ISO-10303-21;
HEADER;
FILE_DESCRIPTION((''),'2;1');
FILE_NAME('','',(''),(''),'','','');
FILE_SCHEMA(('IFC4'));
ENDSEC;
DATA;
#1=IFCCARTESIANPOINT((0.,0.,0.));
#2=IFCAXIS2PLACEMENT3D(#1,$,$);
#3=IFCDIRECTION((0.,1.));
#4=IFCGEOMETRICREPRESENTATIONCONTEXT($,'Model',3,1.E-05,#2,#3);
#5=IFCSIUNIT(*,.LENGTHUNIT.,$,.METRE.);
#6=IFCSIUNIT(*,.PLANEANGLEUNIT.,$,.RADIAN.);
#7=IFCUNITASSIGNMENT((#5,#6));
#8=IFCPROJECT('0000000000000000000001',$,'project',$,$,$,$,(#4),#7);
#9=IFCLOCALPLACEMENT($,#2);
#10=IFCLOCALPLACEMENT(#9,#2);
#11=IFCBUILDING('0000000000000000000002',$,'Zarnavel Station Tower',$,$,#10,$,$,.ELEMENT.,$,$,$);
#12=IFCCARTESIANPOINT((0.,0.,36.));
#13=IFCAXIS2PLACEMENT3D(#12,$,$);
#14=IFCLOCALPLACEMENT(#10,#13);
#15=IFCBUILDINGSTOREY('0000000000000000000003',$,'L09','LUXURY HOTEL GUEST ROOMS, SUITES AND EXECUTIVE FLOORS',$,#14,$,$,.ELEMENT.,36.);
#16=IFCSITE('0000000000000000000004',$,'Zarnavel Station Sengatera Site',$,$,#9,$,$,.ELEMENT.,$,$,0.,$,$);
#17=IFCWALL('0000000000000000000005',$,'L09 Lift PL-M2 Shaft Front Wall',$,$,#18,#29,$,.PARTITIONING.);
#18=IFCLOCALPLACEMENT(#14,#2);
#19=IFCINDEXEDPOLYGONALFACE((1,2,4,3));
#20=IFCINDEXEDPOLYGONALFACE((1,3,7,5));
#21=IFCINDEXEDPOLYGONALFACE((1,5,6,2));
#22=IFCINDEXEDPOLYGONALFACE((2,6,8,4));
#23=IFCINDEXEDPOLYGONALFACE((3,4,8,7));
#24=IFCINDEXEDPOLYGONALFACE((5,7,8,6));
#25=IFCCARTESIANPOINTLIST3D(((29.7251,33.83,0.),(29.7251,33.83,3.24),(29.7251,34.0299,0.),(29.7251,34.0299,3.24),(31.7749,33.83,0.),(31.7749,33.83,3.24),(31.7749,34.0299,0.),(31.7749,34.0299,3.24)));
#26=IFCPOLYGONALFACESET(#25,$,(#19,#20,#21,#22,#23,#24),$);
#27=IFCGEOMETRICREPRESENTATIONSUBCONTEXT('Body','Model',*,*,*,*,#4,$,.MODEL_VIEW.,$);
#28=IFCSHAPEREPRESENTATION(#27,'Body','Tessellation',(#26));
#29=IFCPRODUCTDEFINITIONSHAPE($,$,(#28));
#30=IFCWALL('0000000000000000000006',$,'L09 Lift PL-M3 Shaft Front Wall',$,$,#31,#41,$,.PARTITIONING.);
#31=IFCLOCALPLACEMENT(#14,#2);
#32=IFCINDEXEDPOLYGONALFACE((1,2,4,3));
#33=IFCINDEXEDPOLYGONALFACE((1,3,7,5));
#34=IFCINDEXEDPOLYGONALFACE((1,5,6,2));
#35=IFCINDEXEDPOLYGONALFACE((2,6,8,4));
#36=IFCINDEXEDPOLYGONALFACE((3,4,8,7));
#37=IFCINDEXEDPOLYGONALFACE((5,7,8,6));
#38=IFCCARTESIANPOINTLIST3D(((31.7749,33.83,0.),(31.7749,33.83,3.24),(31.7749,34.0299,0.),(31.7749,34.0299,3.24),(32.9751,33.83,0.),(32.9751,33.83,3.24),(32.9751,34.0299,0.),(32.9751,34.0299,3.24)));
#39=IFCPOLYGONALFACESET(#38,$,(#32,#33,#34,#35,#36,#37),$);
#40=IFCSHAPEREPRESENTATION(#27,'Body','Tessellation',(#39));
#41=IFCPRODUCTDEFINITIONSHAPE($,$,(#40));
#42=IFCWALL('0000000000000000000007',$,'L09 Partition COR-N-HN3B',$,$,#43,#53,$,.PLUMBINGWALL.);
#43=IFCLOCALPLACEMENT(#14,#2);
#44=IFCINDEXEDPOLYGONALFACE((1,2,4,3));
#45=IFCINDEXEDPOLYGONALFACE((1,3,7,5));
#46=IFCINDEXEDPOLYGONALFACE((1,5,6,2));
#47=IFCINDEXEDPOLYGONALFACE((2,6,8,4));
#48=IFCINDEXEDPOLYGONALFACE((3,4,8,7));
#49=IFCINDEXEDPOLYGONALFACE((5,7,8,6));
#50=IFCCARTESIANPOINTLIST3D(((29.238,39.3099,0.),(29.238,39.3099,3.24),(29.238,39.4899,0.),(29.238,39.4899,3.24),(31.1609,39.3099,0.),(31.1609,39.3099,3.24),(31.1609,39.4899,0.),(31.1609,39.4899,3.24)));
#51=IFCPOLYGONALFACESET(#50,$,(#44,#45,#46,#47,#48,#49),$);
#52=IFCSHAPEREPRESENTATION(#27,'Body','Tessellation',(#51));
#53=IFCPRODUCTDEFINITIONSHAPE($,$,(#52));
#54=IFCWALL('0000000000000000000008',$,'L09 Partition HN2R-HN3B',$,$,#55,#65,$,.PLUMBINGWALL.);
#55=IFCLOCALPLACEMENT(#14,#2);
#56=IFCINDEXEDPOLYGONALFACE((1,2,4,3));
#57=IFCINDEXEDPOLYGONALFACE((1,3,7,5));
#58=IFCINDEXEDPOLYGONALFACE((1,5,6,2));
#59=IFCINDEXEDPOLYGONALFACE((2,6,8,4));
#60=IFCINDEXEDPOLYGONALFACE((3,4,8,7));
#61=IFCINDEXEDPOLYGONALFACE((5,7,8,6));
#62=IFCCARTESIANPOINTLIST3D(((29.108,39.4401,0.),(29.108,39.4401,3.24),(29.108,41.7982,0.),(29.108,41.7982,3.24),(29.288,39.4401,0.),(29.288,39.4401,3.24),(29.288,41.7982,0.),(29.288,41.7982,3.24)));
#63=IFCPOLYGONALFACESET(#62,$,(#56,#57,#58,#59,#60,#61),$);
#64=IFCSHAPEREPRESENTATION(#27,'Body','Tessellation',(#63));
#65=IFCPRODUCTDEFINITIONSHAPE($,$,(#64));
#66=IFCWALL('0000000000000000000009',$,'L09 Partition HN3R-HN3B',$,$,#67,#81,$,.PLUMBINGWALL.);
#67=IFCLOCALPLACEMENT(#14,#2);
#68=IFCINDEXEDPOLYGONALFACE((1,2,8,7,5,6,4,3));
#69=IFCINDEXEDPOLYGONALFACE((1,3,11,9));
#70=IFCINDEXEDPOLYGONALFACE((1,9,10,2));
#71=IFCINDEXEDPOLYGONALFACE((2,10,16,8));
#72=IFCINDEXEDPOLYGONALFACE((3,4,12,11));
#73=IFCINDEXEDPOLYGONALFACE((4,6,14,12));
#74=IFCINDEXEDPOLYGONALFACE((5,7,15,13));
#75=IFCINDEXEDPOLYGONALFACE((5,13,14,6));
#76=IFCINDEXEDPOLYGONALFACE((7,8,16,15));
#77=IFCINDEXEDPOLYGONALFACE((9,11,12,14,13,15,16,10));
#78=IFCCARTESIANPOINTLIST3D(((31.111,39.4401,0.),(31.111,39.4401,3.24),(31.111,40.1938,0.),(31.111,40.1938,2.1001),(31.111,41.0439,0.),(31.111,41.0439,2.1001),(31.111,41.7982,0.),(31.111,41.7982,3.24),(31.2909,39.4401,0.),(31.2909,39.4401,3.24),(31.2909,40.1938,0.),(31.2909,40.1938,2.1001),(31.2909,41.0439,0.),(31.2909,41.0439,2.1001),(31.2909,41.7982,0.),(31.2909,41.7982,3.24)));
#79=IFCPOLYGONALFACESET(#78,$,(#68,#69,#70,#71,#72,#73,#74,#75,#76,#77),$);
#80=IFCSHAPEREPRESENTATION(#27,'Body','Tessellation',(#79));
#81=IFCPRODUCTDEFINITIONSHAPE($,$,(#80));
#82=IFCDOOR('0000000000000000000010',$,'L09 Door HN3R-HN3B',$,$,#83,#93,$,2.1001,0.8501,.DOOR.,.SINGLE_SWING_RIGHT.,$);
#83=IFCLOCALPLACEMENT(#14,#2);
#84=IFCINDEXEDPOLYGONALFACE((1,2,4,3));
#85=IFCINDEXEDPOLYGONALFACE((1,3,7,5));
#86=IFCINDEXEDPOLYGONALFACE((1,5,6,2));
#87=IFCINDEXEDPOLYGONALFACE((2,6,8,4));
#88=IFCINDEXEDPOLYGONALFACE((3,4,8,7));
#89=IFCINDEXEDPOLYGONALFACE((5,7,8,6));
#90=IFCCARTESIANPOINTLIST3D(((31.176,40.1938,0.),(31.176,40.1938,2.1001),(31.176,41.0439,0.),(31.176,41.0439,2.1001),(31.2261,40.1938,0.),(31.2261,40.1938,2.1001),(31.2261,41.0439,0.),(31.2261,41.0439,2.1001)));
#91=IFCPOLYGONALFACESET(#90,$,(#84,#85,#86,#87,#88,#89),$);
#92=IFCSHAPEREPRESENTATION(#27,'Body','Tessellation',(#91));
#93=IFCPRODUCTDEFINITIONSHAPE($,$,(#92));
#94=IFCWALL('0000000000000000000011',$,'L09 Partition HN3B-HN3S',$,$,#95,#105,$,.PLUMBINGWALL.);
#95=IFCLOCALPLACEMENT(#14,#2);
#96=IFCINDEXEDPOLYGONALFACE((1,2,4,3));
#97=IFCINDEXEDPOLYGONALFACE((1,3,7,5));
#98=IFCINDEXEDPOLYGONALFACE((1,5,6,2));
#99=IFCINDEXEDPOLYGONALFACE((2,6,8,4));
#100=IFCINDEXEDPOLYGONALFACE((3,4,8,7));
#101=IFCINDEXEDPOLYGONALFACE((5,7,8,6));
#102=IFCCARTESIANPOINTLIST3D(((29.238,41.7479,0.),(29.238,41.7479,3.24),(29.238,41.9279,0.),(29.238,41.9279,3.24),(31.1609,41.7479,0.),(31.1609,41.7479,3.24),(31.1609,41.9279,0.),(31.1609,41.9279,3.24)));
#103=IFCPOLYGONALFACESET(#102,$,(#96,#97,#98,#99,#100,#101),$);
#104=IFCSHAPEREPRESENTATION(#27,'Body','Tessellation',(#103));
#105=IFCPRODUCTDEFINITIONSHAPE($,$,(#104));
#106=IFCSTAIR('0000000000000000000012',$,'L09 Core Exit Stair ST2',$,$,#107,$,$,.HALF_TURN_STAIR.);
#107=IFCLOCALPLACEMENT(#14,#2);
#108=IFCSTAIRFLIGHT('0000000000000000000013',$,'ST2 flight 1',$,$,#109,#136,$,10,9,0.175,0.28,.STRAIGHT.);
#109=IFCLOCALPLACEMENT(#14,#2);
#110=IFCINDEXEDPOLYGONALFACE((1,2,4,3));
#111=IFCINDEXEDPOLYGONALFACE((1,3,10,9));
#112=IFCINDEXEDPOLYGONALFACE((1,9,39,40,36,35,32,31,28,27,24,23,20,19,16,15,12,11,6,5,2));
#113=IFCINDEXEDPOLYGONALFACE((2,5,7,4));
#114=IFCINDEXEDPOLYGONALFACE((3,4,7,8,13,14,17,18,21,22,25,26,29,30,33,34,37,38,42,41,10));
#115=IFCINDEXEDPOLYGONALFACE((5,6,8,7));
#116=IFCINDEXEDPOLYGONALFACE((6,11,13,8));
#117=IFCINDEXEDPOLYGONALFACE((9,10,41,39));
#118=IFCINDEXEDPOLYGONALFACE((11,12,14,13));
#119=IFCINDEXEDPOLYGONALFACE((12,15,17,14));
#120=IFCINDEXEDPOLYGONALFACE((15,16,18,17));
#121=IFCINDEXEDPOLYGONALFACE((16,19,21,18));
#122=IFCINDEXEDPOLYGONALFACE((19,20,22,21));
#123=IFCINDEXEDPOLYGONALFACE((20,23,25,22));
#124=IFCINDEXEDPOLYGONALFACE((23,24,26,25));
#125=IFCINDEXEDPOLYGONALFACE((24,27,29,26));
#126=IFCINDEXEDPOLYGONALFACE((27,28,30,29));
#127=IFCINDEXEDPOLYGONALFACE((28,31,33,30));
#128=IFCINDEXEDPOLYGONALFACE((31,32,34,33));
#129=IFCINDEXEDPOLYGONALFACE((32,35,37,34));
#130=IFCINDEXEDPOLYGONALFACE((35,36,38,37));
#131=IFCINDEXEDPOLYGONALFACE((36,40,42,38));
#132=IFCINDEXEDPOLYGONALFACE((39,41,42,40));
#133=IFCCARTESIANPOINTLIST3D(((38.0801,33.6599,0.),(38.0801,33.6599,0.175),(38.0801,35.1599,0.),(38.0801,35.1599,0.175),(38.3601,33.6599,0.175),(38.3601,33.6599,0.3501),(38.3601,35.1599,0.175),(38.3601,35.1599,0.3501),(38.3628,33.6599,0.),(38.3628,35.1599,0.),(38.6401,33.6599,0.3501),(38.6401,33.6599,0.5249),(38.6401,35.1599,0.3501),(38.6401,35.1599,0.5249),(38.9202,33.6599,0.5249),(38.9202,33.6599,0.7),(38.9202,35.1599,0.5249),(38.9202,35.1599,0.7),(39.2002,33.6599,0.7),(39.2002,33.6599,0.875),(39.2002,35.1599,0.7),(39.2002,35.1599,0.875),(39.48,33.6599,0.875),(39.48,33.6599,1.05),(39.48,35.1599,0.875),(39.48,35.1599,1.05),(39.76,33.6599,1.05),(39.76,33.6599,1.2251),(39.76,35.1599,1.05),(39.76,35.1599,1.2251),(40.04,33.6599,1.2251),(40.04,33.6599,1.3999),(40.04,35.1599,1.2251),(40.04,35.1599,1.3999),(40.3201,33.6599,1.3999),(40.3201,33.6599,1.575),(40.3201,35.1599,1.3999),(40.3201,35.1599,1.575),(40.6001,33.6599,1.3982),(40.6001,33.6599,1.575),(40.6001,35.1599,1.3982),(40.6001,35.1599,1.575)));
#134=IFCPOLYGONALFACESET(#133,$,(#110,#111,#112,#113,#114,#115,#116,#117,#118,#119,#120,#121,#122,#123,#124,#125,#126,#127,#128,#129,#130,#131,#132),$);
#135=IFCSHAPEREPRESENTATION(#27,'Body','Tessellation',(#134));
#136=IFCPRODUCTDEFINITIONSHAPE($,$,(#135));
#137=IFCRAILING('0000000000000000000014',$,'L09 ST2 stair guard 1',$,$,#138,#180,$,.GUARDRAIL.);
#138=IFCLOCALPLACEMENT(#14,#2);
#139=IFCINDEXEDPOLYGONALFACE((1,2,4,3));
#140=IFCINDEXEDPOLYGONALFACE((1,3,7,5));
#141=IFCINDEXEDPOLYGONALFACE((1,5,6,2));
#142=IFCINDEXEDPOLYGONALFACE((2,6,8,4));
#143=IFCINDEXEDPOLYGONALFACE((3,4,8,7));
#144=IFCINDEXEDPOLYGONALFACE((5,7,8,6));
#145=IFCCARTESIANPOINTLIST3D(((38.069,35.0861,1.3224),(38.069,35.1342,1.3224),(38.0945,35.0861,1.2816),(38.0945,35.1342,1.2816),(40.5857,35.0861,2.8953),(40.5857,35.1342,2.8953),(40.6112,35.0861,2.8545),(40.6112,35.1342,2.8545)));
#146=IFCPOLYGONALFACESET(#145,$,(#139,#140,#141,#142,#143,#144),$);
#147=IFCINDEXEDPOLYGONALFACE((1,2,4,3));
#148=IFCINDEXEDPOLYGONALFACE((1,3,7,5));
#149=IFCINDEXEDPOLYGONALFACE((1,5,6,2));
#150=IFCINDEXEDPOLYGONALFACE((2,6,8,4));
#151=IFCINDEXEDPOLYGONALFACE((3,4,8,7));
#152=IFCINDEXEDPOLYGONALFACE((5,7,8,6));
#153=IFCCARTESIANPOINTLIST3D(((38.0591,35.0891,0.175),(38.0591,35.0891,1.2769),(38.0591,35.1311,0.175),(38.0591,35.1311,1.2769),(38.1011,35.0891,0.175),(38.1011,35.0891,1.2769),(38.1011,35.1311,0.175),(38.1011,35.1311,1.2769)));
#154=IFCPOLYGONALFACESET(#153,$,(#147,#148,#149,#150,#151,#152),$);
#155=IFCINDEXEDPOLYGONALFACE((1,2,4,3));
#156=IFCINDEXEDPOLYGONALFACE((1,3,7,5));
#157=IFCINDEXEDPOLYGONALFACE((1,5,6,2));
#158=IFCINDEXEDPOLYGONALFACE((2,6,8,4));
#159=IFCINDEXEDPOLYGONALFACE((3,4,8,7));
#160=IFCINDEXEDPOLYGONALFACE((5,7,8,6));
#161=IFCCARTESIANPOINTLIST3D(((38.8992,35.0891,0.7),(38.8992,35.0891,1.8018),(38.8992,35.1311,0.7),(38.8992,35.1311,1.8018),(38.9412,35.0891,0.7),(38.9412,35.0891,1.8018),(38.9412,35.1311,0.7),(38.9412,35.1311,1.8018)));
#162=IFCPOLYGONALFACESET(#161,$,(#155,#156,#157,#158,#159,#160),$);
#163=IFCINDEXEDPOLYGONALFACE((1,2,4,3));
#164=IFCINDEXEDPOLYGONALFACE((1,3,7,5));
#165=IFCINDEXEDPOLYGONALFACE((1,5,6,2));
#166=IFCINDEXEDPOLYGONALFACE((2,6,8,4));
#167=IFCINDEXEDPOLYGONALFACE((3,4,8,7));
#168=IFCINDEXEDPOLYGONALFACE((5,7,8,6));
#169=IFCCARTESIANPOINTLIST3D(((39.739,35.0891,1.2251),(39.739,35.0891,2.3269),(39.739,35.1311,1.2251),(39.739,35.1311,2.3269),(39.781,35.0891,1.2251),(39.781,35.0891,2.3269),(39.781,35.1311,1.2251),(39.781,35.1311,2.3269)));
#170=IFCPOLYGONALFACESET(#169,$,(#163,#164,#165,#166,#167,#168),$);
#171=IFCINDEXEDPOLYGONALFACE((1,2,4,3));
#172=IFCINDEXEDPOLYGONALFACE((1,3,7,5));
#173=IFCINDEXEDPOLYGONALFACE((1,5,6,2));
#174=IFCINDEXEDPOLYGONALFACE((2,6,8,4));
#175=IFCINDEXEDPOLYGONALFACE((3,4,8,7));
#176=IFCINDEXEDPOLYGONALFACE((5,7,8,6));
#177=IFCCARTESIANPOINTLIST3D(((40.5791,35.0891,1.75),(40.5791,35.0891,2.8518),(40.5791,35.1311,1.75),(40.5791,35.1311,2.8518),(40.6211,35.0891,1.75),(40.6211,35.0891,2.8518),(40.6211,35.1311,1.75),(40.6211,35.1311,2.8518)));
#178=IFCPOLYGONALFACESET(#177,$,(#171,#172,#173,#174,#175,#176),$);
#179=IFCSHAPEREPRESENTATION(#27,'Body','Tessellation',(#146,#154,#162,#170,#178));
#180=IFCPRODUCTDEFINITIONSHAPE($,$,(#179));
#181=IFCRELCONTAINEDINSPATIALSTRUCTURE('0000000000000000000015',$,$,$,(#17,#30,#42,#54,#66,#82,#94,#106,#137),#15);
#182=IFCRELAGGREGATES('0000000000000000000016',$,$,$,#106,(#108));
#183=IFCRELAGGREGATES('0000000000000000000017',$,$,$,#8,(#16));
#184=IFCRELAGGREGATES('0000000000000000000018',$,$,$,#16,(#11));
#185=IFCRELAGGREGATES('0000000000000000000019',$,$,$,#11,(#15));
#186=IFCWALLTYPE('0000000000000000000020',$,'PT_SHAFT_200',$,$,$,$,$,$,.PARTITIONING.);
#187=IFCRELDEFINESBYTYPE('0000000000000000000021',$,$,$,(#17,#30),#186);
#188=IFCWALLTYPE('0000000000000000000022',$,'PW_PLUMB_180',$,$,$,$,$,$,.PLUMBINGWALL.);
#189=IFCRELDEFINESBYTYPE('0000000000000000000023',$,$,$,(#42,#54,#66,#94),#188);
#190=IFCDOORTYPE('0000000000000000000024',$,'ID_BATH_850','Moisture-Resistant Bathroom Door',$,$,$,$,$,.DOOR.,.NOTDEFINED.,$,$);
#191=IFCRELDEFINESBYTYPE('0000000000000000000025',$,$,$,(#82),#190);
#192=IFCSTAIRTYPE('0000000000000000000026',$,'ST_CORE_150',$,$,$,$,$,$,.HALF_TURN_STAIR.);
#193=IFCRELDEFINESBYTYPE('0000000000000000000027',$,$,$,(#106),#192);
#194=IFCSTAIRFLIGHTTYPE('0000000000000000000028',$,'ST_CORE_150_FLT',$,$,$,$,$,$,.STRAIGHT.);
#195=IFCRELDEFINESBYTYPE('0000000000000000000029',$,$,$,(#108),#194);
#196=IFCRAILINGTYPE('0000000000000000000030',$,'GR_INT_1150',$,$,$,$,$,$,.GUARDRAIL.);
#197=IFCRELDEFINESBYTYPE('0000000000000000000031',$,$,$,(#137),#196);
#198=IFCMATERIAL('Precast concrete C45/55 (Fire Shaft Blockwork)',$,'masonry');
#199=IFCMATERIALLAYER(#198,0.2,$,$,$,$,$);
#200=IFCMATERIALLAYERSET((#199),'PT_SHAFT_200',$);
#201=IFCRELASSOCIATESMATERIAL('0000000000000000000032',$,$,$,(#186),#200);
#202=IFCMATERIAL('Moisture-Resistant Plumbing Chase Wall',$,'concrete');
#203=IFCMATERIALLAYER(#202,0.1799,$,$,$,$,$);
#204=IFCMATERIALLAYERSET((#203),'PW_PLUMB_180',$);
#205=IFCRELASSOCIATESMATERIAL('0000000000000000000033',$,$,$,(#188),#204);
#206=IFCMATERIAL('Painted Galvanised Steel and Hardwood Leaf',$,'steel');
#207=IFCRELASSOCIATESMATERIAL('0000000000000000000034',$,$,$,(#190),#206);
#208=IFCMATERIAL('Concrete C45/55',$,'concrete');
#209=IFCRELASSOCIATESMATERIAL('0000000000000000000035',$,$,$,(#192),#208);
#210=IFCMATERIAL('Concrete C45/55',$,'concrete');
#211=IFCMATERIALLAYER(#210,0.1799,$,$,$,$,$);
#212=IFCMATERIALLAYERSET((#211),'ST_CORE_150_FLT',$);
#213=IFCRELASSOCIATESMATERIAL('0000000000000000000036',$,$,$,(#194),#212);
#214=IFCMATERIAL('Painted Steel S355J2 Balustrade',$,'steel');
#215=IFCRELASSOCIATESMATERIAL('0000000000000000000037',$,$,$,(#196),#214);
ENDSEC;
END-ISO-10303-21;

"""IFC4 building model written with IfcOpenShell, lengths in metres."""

from ifc_helpers import new_model, si_unit, direction, frame, frame_2d, origin, origin_2d, place, context, subcontext, project, spatial, polyline, rectangle, outline, extrude, material, layer, layer_set, type_object, element, fill, aggregate, save


model = new_model("IFC4")

# Units and contexts
model_context = context("Model", 3, precision=1e-05, world=origin(), true_north=direction((0.0, 1.0)))
body_context = subcontext(model_context, "Body", "Model", "MODEL_VIEW")
ifc_project = project(units=[si_unit("LENGTHUNIT", "METRE"), si_unit("PLANEANGLEUNIT", "RADIAN")], contexts=[model_context])

# Site, building, storey
site_placement = place(None, origin())
site = spatial("IfcSite", under=ifc_project, at=site_placement, Name="Zarnavel Station Sengatera Site", CompositionType="ELEMENT", RefElevation=0.0)
building_placement = place(site_placement, origin())
building = spatial("IfcBuilding", under=site, at=building_placement, Name="Zarnavel Station Tower", CompositionType="ELEMENT")
storey_placement = place(building_placement, frame((0.0, 0.0, 36.0)))
storey = spatial("IfcBuildingStorey", under=building, at=storey_placement, Name="L09", Description="LUXURY HOTEL GUEST ROOMS, SUITES AND EXECUTIVE FLOORS", CompositionType="ELEMENT", Elevation=36.0)

# Shared definitions
ifc_material_1 = material(Name="Precast concrete C45/55 (Fire Shaft Blockwork)", Category="masonry")
ifc_layer_1 = layer(ifc_material_1, 0.2)
ifc_layer_set_1 = layer_set([ifc_layer_1], Name="PT_SHAFT_200")
wall_type_1 = type_object("IfcWallType", Name="PT_SHAFT_200", PredefinedType="PARTITIONING", material=ifc_layer_set_1)

# Walls
wall_1_placement = place(storey_placement, frame((29.7251, 33.9299, 0.0), z_axis=(0.0, 0.0, 1.0), x_axis=(1.0, 0.0, 0.0)))
element("IfcWall", 1, at=wall_1_placement, inside=storey, type_object=wall_type_1, Name="L09 Lift PL-M2 Shaft Front Wall", PredefinedType="PARTITIONING", context=body_context, shape_type="SweptSolid", body=[
    extrude(rectangle(XDim=2.0498, YDim=0.2, at=frame_2d((1.0249, 0.0))), origin(), (0.0, 0.0, 1.0), 3.24),
])
wall_2_placement = place(storey_placement, frame((31.7749, 33.9299, 0.0), z_axis=(0.0, 0.0, 1.0), x_axis=(1.0, 0.0, 0.0)))
element("IfcWall", 2, at=wall_2_placement, inside=storey, type_object=wall_type_1, Name="L09 Lift PL-M3 Shaft Front Wall", PredefinedType="PARTITIONING", context=body_context, shape_type="SweptSolid", body=[
    extrude(rectangle(XDim=1.2002, YDim=0.2, at=frame_2d((0.6001, 0.0))), origin(), (0.0, 0.0, 1.0), 3.24),
])

# Walls
ifc_material_2 = material(Name="Moisture-Resistant Plumbing Chase Wall", Category="concrete")
ifc_layer_2 = layer(ifc_material_2, 0.1799)
ifc_layer_set_2 = layer_set([ifc_layer_2], Name="PW_PLUMB_180")
wall_type_2 = type_object("IfcWallType", Name="PW_PLUMB_180", PredefinedType="PLUMBINGWALL", material=ifc_layer_set_2)
wall_3_placement = place(storey_placement, frame((29.238, 39.3999, 0.0), z_axis=(0.0, 0.0, 1.0), x_axis=(1.0, 0.0, 0.0)))
element("IfcWall", 3, at=wall_3_placement, inside=storey, type_object=wall_type_2, Name="L09 Partition COR-N-HN3B", PredefinedType="PLUMBINGWALL", context=body_context, shape_type="SweptSolid", body=[
    extrude(rectangle(XDim=1.9229, YDim=0.1799, at=frame_2d((0.9614, 0.0))), origin(), (0.0, 0.0, 1.0), 3.24),
])
wall_4_placement = place(storey_placement, frame((29.198, 39.4399, 0.0), z_axis=(0.0, 0.0, 1.0), x_axis=(0.0, 1.0, 0.0)))
element("IfcWall", 4, at=wall_4_placement, inside=storey, type_object=wall_type_2, Name="L09 Partition HN2R-HN3B", PredefinedType="PLUMBINGWALL", context=body_context, shape_type="SweptSolid", body=[
    extrude(rectangle(XDim=2.3582, YDim=0.1799, at=frame_2d((1.1792, 0.0))), origin(), (0.0, 0.0, 1.0), 3.24),
])

# Wall, opening, door
wall_5_placement = place(storey_placement, frame((31.2009, 39.4399, 0.0), z_axis=(0.0, 0.0, 1.0), x_axis=(0.0, 1.0, 0.0)))
wall_5 = element("IfcWall", 5, at=wall_5_placement, inside=storey, type_object=wall_type_2, Name="L09 Partition HN3R-HN3B", PredefinedType="PLUMBINGWALL", context=body_context, shape_type="SweptSolid", body=[
    extrude(rectangle(XDim=2.3582, YDim=0.1799, at=frame_2d((1.1792, 0.0))), origin(), (0.0, 0.0, 1.0), 3.24),
])
opening_1_placement = place(wall_5_placement, frame((0.7539, 0.0, 0.0)))
opening_1 = element("IfcOpeningElement", 6, at=opening_1_placement, cuts=wall_5, PredefinedType="OPENING", context=body_context, shape_type="SweptSolid", body=[
    extrude(rectangle(XDim=0.8501, YDim=2.1001, at=frame_2d((0.425, 1.05))), frame((0.0, 0.0999, 0.0), z_axis=(0.0, -1.0, 0.0), x_axis=(1.0, 0.0, 0.0)), (0.0, 0.0, 1.0), 0.2),
])
ifc_material_3 = material(Name="Painted Galvanised Steel and Hardwood Leaf", Category="steel")
door_type_1 = type_object("IfcDoorType", Name="ID_BATH_850", Description="Moisture-Resistant Bathroom Door", OperationType="NOTDEFINED", PredefinedType="DOOR", material=ifc_material_3)
door_1_placement = place(opening_1_placement, origin())
door_1 = element("IfcDoor", 7, at=door_1_placement, inside=storey, type_object=door_type_1, Name="L09 Door HN3R-HN3B", OperationType="SINGLE_SWING_RIGHT", OverallHeight=2.1001, OverallWidth=0.8501, PredefinedType="DOOR", context=body_context, shape_type="SweptSolid", body=[
    extrude(rectangle(XDim=0.8501, YDim=2.1001, at=frame_2d((0.425, 1.05))), frame((0.0, 0.0249, 0.0), z_axis=(0.0, -1.0, 0.0), x_axis=(1.0, 0.0, 0.0)), (0.0, 0.0, 1.0), 0.05),
])
fill(opening_1, door_1)

# Wall
wall_6_placement = place(storey_placement, frame((29.238, 41.8379, 0.0), z_axis=(0.0, 0.0, 1.0), x_axis=(1.0, 0.0, 0.0)))
element("IfcWall", 8, at=wall_6_placement, inside=storey, type_object=wall_type_2, Name="L09 Partition HN3B-HN3S", PredefinedType="PLUMBINGWALL", context=body_context, shape_type="SweptSolid", body=[
    extrude(rectangle(XDim=1.9229, YDim=0.1799, at=frame_2d((0.9614, 0.0))), origin(), (0.0, 0.0, 1.0), 3.24),
])

# Stair, stair flight
ifc_material_4 = material(Name="Concrete C45/55", Category="concrete")
stair_type = type_object("IfcStairType", Name="ST_CORE_150", PredefinedType="HALF_TURN_STAIR", material=ifc_material_4)
stair_placement = place(storey_placement, origin())
stair = element("IfcStair", 9, at=stair_placement, inside=storey, type_object=stair_type, Name="L09 Core Exit Stair ST2", PredefinedType="HALF_TURN_STAIR")
ifc_material_5 = material(Name="Concrete C45/55", Category="concrete")
ifc_layer_3 = layer(ifc_material_5, 0.1799)
ifc_layer_set_3 = layer_set([ifc_layer_3], Name="ST_CORE_150_FLT")
stair_flight_type = type_object("IfcStairFlightType", Name="ST_CORE_150_FLT", PredefinedType="STRAIGHT", material=ifc_layer_set_3)
stair_flight_placement = place(storey_placement, frame((38.0801, 34.4099, 0.0), z_axis=(0.0, 0.0, 1.0), x_axis=(1.0, 0.0, 0.0)))
stair_flight = element("IfcStairFlight", 10, at=stair_flight_placement, type_object=stair_flight_type, Name="ST2 flight 1", NumberOfRisers=10, NumberOfTreads=9, PredefinedType="STRAIGHT", RiserHeight=0.175, TreadLength=0.28, context=body_context, shape_type="SweptSolid", body=[
    extrude(outline(polyline([(0.0, 0.0), (0.0, 0.175), (0.28, 0.175), (0.28, 0.3501), (0.5601, 0.3501), (0.5601, 0.5249), (0.8401, 0.5249), (0.8401, 0.7), (1.1201, 0.7), (1.1201, 0.875), (1.3999, 0.875), (1.3999, 1.05), (1.6799, 1.05), (1.6799, 1.2251), (1.96, 1.2251), (1.96, 1.3999), (2.24, 1.3999), (2.24, 1.575), (2.52, 1.575), (2.52, 1.75), (2.52, 1.3982), (0.2827, 0.0), (0.0, 0.0)])), frame((0.0, 0.75, 0.0), z_axis=(0.0, -1.0, 0.0), x_axis=(1.0, 0.0, 0.0)), (0.0, 0.0, 1.0), 1.5),
])
aggregate(stair, [stair_flight])

# Railing
ifc_material_6 = material(Name="Painted Steel S355J2 Balustrade", Category="steel")
railing_type_1 = type_object("IfcRailingType", Name="GR_INT_1150", PredefinedType="GUARDRAIL", material=ifc_material_6)
railing_1_placement = place(storey_placement, frame((38.0801, 35.1101, 0.175)))
element("IfcRailing", 11, at=railing_1_placement, inside=storey, type_object=railing_type_1, Name="L09 ST2 stair guard 1", PredefinedType="GUARDRAIL", context=body_context, shape_type="SweptSolid", body=[
    extrude(rectangle(XDim=0.0481, YDim=0.0481, at=origin_2d()), frame((0.0017, 0.0, 1.127), z_axis=(0.848008, 0.0, 0.529984), x_axis=(0.0, 1.0, 0.0)), (0.0, 0.0, 1.0), 2.9678),
    extrude(rectangle(XDim=0.042, YDim=0.042, at=origin_2d()), origin(), (0.0, 0.0, 1.0), 1.1018),
    extrude(rectangle(XDim=0.042, YDim=0.042, at=origin_2d()), frame((0.8401, 0.0, 0.5249)), (0.0, 0.0, 1.0), 1.1018),
    extrude(rectangle(XDim=0.042, YDim=0.042, at=origin_2d()), frame((1.6799, 0.0, 1.05)), (0.0, 0.0, 1.0), 1.1018),
    extrude(rectangle(XDim=0.042, YDim=0.042, at=origin_2d()), frame((2.52, 0.0, 1.575)), (0.0, 0.0, 1.0), 1.1018),
])

save(model, "model.ifc")
